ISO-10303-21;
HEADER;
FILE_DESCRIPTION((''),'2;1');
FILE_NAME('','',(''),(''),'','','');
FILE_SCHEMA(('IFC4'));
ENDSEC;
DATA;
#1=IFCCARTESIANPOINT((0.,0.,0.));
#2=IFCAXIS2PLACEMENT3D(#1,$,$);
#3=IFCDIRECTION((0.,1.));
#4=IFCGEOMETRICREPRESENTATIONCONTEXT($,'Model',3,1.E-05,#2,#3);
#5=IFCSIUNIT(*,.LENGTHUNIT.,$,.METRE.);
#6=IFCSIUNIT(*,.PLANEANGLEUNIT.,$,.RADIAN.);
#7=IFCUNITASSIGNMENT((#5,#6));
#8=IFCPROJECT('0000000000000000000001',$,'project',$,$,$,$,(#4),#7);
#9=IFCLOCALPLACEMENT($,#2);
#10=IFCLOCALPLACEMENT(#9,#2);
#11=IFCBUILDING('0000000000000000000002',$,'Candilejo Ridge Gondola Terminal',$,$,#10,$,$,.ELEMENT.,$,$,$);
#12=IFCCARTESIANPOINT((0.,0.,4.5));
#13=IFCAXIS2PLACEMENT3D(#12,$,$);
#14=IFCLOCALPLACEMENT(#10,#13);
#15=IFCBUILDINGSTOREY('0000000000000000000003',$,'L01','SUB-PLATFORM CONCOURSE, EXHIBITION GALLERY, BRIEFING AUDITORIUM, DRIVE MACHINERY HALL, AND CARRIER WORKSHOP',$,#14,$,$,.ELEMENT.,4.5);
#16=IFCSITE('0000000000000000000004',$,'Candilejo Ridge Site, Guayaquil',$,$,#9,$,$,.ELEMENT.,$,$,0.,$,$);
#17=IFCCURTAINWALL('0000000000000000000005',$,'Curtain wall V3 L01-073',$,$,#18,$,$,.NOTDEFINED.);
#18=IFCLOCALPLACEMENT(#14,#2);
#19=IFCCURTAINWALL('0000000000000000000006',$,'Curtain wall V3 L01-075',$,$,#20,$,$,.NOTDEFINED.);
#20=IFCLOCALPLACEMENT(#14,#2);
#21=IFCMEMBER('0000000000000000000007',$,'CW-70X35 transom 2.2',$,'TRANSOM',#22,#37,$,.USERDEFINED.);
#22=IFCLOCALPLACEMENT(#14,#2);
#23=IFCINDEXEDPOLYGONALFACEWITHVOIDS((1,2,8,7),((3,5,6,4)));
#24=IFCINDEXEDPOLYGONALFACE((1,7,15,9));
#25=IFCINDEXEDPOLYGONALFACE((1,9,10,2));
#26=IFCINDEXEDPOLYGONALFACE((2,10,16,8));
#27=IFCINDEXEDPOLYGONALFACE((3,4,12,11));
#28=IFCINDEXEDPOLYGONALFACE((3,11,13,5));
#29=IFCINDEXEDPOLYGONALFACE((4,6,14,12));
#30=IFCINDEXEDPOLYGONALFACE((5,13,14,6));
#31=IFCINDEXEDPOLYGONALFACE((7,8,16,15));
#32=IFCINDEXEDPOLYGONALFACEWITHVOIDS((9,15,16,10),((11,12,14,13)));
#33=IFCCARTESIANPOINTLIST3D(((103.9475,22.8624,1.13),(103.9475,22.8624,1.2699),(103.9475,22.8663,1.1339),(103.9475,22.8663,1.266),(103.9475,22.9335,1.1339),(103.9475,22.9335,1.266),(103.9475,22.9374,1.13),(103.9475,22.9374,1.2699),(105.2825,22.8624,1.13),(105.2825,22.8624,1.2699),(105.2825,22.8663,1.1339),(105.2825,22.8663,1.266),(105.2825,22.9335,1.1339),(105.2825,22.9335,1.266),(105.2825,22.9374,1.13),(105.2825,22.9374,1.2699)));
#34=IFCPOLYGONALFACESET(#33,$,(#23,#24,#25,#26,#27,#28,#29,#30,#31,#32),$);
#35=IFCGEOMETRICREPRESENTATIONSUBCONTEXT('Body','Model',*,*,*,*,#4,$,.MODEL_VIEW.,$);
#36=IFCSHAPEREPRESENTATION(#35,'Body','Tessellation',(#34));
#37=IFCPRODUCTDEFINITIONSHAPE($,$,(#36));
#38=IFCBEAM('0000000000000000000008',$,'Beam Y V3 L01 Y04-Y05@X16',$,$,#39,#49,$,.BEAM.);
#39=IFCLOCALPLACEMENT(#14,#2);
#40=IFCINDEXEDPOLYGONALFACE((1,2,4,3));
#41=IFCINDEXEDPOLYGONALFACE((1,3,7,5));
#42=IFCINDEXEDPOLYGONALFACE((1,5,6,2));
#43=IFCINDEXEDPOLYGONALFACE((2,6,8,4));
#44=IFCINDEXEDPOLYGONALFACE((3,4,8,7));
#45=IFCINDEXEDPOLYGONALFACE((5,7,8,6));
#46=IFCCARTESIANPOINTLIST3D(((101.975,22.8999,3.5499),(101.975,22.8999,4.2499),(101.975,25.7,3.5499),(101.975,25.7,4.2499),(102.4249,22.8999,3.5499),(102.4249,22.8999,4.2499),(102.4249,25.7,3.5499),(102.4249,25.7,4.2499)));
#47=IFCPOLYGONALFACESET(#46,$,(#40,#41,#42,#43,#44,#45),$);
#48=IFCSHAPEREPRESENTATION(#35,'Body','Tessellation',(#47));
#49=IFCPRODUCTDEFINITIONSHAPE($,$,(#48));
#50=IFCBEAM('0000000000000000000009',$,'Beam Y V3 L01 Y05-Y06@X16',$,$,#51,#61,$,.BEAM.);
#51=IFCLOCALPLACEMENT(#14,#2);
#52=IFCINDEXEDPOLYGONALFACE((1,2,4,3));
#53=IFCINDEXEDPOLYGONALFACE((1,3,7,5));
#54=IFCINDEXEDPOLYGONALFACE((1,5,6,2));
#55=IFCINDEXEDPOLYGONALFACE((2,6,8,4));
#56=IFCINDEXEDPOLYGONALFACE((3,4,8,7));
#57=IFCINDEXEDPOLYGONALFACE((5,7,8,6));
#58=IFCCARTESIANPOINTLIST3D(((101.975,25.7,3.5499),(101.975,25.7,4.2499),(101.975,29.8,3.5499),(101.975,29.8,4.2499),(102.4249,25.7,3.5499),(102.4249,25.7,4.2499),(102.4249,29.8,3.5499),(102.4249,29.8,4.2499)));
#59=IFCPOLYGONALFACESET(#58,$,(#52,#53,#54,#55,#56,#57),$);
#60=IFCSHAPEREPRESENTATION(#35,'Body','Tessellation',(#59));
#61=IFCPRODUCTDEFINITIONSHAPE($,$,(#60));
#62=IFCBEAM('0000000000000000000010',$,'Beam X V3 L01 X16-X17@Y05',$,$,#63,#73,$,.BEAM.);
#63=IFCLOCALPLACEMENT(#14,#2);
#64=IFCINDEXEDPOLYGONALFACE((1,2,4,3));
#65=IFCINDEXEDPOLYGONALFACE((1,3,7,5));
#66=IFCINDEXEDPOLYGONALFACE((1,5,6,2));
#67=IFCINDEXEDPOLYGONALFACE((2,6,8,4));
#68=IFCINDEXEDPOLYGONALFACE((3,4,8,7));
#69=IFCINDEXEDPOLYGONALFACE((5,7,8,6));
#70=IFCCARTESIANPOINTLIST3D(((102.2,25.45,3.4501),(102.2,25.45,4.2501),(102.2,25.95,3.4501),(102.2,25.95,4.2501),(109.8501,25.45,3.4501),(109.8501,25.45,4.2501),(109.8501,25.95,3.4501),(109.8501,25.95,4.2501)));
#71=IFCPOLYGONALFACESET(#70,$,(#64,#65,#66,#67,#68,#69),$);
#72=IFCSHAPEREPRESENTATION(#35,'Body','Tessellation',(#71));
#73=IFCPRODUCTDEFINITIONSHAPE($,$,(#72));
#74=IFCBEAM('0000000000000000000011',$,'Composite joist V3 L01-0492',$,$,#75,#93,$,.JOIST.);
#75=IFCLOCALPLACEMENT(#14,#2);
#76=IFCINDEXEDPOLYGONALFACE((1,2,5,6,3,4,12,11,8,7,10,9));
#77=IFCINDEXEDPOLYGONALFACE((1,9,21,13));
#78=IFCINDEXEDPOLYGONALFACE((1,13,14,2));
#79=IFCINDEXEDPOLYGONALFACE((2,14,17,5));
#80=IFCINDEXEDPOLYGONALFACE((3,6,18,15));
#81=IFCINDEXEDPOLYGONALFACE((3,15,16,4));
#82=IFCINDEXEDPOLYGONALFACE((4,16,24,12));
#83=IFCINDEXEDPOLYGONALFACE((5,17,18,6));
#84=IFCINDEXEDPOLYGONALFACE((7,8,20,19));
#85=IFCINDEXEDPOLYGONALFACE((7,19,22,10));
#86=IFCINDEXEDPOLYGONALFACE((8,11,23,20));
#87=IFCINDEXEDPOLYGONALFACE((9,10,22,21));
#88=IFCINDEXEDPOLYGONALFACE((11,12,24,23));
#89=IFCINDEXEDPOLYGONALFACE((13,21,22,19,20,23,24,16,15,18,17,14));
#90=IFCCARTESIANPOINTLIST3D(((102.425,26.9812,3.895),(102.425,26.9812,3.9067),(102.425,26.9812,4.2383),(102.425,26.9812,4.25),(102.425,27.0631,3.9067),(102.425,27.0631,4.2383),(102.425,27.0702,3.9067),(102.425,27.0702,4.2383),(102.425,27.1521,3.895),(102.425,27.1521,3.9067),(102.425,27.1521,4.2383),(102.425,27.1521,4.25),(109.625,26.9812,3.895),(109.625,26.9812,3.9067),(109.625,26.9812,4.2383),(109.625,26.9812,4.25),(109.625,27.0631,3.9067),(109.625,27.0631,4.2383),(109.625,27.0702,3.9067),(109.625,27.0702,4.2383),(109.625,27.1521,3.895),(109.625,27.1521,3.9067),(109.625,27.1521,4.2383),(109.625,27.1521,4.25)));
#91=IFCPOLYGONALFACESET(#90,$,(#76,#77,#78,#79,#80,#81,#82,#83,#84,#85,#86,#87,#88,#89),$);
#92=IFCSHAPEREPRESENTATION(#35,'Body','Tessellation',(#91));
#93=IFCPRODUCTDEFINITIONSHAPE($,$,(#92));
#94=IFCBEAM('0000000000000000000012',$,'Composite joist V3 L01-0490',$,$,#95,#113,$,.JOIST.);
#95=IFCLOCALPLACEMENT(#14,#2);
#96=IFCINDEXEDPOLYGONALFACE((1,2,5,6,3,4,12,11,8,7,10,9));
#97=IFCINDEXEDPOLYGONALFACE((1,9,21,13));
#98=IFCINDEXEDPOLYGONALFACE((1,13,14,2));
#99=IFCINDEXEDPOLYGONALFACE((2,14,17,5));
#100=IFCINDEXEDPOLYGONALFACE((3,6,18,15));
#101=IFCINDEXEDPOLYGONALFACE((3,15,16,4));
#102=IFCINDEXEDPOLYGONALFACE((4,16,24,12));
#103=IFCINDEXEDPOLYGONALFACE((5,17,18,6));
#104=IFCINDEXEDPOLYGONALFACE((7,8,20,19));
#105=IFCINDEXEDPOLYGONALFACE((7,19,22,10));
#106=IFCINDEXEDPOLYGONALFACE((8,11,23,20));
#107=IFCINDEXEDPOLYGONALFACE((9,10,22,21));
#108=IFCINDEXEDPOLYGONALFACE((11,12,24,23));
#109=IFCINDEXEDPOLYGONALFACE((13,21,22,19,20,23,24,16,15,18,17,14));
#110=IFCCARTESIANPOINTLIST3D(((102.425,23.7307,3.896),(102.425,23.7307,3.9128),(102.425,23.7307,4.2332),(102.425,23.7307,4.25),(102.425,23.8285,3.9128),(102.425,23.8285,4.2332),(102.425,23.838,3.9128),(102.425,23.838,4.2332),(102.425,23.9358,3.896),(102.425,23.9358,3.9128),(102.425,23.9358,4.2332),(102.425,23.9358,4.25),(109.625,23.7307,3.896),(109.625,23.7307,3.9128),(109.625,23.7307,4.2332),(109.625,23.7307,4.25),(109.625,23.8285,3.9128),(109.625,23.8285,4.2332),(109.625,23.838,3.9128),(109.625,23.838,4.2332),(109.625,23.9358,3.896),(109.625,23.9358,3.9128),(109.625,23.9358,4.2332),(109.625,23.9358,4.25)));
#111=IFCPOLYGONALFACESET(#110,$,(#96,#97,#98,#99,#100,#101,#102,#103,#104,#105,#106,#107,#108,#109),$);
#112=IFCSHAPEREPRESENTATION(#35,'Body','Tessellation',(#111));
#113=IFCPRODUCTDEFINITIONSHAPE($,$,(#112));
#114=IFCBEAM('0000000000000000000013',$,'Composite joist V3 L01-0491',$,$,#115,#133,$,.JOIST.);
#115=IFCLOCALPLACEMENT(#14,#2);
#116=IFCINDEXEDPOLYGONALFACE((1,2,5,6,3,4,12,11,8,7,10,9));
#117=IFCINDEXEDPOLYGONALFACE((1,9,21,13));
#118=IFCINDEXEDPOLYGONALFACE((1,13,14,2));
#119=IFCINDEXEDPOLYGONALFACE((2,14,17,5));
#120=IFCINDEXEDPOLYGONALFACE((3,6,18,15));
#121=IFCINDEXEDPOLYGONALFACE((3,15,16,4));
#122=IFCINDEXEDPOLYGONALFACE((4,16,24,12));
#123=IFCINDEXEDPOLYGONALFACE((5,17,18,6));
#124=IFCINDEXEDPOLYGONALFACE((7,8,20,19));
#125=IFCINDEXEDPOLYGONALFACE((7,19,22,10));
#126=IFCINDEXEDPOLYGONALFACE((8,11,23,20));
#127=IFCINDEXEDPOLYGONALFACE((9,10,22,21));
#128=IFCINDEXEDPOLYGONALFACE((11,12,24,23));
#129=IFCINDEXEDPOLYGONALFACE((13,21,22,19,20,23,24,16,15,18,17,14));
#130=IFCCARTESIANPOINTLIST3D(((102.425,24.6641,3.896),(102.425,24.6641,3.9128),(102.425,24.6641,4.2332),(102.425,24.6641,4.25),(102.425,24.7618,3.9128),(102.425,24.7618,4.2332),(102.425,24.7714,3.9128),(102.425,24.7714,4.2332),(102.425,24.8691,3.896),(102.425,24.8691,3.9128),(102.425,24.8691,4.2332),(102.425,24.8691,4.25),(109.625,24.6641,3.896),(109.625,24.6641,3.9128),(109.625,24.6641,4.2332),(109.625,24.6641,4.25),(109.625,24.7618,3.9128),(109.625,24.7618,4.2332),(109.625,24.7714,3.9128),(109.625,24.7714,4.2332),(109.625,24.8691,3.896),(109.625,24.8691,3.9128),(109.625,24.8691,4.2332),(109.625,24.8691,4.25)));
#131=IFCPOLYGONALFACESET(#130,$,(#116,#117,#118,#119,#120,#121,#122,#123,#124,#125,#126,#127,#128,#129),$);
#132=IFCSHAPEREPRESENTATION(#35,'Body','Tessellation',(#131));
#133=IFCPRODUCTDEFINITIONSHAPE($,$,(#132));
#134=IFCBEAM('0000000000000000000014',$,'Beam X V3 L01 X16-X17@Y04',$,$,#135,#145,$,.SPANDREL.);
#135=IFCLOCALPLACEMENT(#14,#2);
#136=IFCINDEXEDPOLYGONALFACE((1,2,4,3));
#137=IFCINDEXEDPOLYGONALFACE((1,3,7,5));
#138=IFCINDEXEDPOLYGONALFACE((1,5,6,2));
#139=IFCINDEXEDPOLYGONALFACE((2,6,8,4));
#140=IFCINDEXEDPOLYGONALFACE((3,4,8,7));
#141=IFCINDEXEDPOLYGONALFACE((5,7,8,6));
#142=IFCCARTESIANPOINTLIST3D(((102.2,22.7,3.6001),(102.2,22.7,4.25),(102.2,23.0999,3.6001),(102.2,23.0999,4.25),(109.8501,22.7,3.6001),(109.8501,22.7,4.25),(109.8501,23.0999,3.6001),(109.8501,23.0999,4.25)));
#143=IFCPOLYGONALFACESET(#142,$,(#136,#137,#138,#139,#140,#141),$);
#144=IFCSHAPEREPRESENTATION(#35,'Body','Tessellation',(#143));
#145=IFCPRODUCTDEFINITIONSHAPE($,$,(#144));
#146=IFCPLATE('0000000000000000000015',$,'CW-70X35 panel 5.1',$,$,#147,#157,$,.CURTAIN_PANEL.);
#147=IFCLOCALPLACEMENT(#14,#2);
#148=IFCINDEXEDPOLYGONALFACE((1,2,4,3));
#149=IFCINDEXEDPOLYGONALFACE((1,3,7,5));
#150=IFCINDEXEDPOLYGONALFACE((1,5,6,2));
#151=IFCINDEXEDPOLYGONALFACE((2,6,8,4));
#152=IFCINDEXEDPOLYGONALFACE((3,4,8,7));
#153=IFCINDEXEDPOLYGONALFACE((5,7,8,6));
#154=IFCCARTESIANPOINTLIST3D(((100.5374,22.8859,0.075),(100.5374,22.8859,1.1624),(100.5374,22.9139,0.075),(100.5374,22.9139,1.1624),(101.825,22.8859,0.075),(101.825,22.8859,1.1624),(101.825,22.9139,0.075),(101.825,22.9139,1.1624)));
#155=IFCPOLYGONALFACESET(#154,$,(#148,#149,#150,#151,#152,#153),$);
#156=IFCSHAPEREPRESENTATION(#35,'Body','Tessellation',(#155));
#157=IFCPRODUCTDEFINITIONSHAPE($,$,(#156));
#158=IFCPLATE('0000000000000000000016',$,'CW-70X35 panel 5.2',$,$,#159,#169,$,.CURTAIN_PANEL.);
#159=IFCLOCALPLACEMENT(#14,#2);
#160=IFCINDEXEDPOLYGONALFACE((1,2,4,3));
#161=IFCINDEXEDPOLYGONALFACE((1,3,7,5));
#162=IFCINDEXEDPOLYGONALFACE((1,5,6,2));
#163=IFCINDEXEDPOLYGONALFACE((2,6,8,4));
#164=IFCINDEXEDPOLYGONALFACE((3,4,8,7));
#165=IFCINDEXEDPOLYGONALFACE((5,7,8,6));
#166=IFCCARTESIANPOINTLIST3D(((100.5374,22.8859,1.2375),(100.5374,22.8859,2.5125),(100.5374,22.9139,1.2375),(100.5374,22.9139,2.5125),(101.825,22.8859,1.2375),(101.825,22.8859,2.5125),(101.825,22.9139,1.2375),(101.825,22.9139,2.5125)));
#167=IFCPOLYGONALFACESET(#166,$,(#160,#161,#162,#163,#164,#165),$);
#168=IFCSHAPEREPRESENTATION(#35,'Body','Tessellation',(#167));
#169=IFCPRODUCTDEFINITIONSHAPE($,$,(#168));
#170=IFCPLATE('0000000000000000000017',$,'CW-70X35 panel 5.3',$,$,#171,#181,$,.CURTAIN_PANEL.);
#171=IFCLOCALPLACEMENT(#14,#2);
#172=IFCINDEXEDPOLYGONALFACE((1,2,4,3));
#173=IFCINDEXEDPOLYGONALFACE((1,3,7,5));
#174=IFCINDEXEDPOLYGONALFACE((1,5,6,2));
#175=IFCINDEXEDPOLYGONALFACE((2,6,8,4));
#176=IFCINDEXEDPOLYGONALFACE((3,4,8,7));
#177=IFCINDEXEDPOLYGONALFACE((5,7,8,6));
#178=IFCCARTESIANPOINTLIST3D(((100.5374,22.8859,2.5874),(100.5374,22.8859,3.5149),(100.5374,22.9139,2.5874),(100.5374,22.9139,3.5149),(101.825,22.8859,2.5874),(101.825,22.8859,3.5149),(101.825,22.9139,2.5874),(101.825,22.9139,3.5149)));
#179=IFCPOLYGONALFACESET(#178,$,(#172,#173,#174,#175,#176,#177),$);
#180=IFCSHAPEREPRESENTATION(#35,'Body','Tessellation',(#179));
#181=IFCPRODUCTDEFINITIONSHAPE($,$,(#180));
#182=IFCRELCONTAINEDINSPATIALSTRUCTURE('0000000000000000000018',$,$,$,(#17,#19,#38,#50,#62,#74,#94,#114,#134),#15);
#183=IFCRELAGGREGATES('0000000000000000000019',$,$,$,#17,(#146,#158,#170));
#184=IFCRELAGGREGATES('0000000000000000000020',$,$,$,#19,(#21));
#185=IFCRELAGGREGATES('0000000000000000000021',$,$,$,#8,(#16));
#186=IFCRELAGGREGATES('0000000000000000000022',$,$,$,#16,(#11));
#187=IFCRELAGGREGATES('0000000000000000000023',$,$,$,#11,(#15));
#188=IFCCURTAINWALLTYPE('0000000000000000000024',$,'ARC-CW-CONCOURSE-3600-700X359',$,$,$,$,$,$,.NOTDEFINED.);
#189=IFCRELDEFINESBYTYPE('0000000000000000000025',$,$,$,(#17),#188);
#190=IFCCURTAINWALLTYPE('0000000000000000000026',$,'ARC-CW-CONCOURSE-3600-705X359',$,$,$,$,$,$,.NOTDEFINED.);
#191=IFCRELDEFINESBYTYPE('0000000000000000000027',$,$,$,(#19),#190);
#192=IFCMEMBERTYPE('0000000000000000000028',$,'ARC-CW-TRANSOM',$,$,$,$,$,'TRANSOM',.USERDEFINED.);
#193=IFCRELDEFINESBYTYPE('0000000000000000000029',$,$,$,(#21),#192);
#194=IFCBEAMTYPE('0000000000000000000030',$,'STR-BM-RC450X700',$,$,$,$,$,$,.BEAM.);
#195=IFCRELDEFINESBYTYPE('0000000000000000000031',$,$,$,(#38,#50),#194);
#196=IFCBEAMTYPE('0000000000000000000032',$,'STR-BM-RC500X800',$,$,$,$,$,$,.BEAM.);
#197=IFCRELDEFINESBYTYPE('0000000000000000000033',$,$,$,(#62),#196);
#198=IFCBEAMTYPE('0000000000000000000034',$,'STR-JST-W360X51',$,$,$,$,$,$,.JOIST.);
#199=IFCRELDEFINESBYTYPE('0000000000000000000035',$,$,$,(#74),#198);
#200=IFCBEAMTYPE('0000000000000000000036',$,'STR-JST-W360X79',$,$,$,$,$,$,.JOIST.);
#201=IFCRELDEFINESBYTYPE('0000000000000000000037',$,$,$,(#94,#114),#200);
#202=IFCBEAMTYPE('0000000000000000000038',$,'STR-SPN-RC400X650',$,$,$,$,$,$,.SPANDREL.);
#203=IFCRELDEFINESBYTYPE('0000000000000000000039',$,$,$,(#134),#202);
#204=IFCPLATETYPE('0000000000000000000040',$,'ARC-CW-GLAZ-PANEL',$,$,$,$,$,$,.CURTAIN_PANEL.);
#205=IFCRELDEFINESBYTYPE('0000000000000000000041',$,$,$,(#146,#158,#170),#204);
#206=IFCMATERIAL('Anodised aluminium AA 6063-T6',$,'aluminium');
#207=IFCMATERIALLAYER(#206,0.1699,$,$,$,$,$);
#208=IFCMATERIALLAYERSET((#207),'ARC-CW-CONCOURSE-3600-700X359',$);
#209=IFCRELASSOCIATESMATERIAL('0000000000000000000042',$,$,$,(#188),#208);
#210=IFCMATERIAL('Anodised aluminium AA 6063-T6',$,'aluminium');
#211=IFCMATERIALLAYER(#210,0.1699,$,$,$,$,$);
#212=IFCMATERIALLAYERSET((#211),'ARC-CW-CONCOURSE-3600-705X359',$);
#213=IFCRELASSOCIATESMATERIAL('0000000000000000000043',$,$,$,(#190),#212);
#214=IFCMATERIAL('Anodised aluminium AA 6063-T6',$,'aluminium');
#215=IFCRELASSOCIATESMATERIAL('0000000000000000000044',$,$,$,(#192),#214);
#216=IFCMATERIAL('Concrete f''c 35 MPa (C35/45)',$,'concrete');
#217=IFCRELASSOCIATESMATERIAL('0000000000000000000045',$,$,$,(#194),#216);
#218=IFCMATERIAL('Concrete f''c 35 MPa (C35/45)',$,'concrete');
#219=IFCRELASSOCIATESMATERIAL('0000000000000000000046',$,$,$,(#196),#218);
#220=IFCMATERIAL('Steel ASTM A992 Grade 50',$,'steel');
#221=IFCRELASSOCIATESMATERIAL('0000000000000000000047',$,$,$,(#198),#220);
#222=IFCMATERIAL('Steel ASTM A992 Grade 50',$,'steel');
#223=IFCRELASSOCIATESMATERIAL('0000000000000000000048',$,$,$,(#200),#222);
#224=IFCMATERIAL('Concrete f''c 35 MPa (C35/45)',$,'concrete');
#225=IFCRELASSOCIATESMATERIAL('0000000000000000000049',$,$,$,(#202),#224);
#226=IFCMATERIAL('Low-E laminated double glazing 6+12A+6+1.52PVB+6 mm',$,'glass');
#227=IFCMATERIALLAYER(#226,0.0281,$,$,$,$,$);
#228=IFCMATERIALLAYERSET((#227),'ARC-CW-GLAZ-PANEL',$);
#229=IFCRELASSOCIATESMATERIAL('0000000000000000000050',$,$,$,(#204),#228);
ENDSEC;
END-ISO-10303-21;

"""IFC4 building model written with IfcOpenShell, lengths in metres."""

from ifc_helpers import new_model, si_unit, direction, frame, origin, origin_2d, place, context, subcontext, project, spatial, rectangle, hollow_rectangle, i_section, extrude, material, layer, layer_set, material_profile, profile_set, type_object, element, aggregate, save


model = new_model("IFC4")

# Units and contexts
model_context = context("Model", 3, precision=1e-05, world=origin(), true_north=direction((0.0, 1.0)))
body_context = subcontext(model_context, "Body", "Model", "MODEL_VIEW")
ifc_project = project(units=[si_unit("LENGTHUNIT", "METRE"), si_unit("PLANEANGLEUNIT", "RADIAN")], contexts=[model_context])

# Site, building, storey
site_placement = place(None, origin())
site = spatial("IfcSite", under=ifc_project, at=site_placement, Name="Candilejo Ridge Site, Guayaquil", CompositionType="ELEMENT", RefElevation=0.0)
building_placement = place(site_placement, origin())
building = spatial("IfcBuilding", under=site, at=building_placement, Name="Candilejo Ridge Gondola Terminal", CompositionType="ELEMENT")
storey_placement = place(building_placement, frame((0.0, 0.0, 4.5)))
storey = spatial("IfcBuildingStorey", under=building, at=storey_placement, Name="L01", Description="SUB-PLATFORM CONCOURSE, EXHIBITION GALLERY, BRIEFING AUDITORIUM, DRIVE MACHINERY HALL, AND CARRIER WORKSHOP", CompositionType="ELEMENT", Elevation=4.5)

# Curtain wall
ifc_material_1 = material(Name="Anodised aluminium AA 6063-T6", Category="aluminium")
ifc_layer_1 = layer(ifc_material_1, 0.1699)
ifc_layer_set_1 = layer_set([ifc_layer_1], Name="ARC-CW-CONCOURSE-3600-700X359")
curtain_wall_type_1 = type_object("IfcCurtainWallType", Name="ARC-CW-CONCOURSE-3600-700X359", PredefinedType="NOTDEFINED", material=ifc_layer_set_1)
curtain_wall_1_placement = place(storey_placement, origin())
curtain_wall_1 = element("IfcCurtainWall", 1, at=curtain_wall_1_placement, inside=storey, type_object=curtain_wall_type_1, Name="Curtain wall V3 L01-073", PredefinedType="NOTDEFINED")

# Curtain wall
ifc_material_2 = material(Name="Anodised aluminium AA 6063-T6", Category="aluminium")
ifc_layer_2 = layer(ifc_material_2, 0.1699)
ifc_layer_set_2 = layer_set([ifc_layer_2], Name="ARC-CW-CONCOURSE-3600-705X359")
curtain_wall_type_2 = type_object("IfcCurtainWallType", Name="ARC-CW-CONCOURSE-3600-705X359", PredefinedType="NOTDEFINED", material=ifc_layer_set_2)
curtain_wall_2_placement = place(storey_placement, origin())
curtain_wall_2 = element("IfcCurtainWall", 2, at=curtain_wall_2_placement, inside=storey, type_object=curtain_wall_type_2, Name="Curtain wall V3 L01-075", PredefinedType="NOTDEFINED")

# Member
ifc_material_3 = material(Name="Anodised aluminium AA 6063-T6", Category="aluminium")
ifc_material_profile_1 = material_profile(ifc_material_3, hollow_rectangle(XDim=0.075, YDim=0.1399, WallThickness=0.0039, at=origin_2d()))
ifc_profile_set_1 = profile_set([ifc_material_profile_1], Name="Anodised aluminium AA 6063-T6")
member_type_1 = type_object("IfcMemberType", Name="ARC-CW-TRANSOM", ElementType="TRANSOM", PredefinedType="USERDEFINED", material=ifc_profile_set_1)
member_1_placement = place(storey_placement, frame((103.9475, 22.8999, 1.2), z_axis=(1.0, 0.0, 0.0), x_axis=(0.0, 1.0, 0.0)))
member_1 = element("IfcMember", 3, at=member_1_placement, type_object=member_type_1, Name="CW-70X35 transom 2.2", ObjectType="TRANSOM", PredefinedType="USERDEFINED", context=body_context, shape_type="SweptSolid", body=[
    extrude(hollow_rectangle(XDim=0.075, YDim=0.1399, WallThickness=0.0039, at=origin_2d()), origin(), (0.0, 0.0, 1.0), 1.335),
])

# Beams
ifc_material_4 = material(Name="Concrete f'c 35 MPa (C35/45)", Category="concrete")
ifc_material_profile_2 = material_profile(ifc_material_4, rectangle(XDim=0.45, YDim=0.7, at=origin_2d()))
ifc_profile_set_2 = profile_set([ifc_material_profile_2], Name="Concrete f'c 35 MPa (C35/45)")
beam_type_1 = type_object("IfcBeamType", Name="STR-BM-RC450X700", PredefinedType="BEAM", material=ifc_profile_set_2)
beam_1_placement = place(storey_placement, frame((102.2, 22.8999, 3.8999), z_axis=(0.0, 1.0, 0.0), x_axis=(-1.0, 0.0, 0.0)))
element("IfcBeam", 4, at=beam_1_placement, inside=storey, type_object=beam_type_1, Name="Beam Y V3 L01 Y04-Y05@X16", PredefinedType="BEAM", context=body_context, shape_type="SweptSolid", body=[
    extrude(rectangle(XDim=0.45, YDim=0.7, at=origin_2d()), origin(), (0.0, 0.0, 1.0), 2.8),
])
beam_2_placement = place(storey_placement, frame((102.2, 25.7, 3.8999), z_axis=(0.0, 1.0, 0.0), x_axis=(-1.0, 0.0, 0.0)))
element("IfcBeam", 5, at=beam_2_placement, inside=storey, type_object=beam_type_1, Name="Beam Y V3 L01 Y05-Y06@X16", PredefinedType="BEAM", context=body_context, shape_type="SweptSolid", body=[
    extrude(rectangle(XDim=0.45, YDim=0.7, at=origin_2d()), origin(), (0.0, 0.0, 1.0), 4.1001),
])
ifc_material_5 = material(Name="Concrete f'c 35 MPa (C35/45)", Category="concrete")
ifc_material_profile_3 = material_profile(ifc_material_5, rectangle(XDim=0.5, YDim=0.8, at=origin_2d()))
ifc_profile_set_3 = profile_set([ifc_material_profile_3], Name="Concrete f'c 35 MPa (C35/45)")
beam_type_2 = type_object("IfcBeamType", Name="STR-BM-RC500X800", PredefinedType="BEAM", material=ifc_profile_set_3)
beam_3_placement = place(storey_placement, frame((102.2, 25.7, 3.8501), z_axis=(1.0, 0.0, 0.0), x_axis=(0.0, 1.0, 0.0)))
element("IfcBeam", 6, at=beam_3_placement, inside=storey, type_object=beam_type_2, Name="Beam X V3 L01 X16-X17@Y05", PredefinedType="BEAM", context=body_context, shape_type="SweptSolid", body=[
    extrude(rectangle(XDim=0.5, YDim=0.8, at=origin_2d()), origin(), (0.0, 0.0, 1.0), 7.6501),
])
ifc_material_6 = material(Name="Steel ASTM A992 Grade 50", Category="steel")
ifc_material_profile_4 = material_profile(ifc_material_6, i_section(OverallWidth=0.1709, OverallDepth=0.355, WebThickness=0.0071, FlangeThickness=0.0117, at=origin_2d()))
ifc_profile_set_4 = profile_set([ifc_material_profile_4], Name="Steel ASTM A992 Grade 50")
beam_type_3 = type_object("IfcBeamType", Name="STR-JST-W360X51", PredefinedType="JOIST", material=ifc_profile_set_4)
beam_4_placement = place(storey_placement, frame((102.425, 27.0667, 4.0725), z_axis=(1.0, 0.0, 0.0), x_axis=(0.0, 1.0, 0.0)))
element("IfcBeam", 7, at=beam_4_placement, inside=storey, type_object=beam_type_3, Name="Composite joist V3 L01-0492", PredefinedType="JOIST", context=body_context, shape_type="SweptSolid", body=[
    extrude(i_section(OverallWidth=0.1709, OverallDepth=0.355, WebThickness=0.0071, FlangeThickness=0.0117, at=origin_2d()), origin(), (0.0, 0.0, 1.0), 7.2),
])
ifc_material_7 = material(Name="Steel ASTM A992 Grade 50", Category="steel")
ifc_material_profile_5 = material_profile(ifc_material_7, i_section(OverallWidth=0.2051, OverallDepth=0.354, WebThickness=0.0095, FlangeThickness=0.0168, at=origin_2d()))
ifc_profile_set_5 = profile_set([ifc_material_profile_5], Name="Steel ASTM A992 Grade 50")
beam_type_4 = type_object("IfcBeamType", Name="STR-JST-W360X79", PredefinedType="JOIST", material=ifc_profile_set_5)
for number, where, z_axis, x_axis, name in (
    (8, (102.425, 23.8333, 4.073), (1.0, 0.0, 0.0), (0.0, 1.0, 0.0), "Composite joist V3 L01-0490"),
    (9, (102.425, 24.7666, 4.073), (1.0, 0.0, 0.0), (0.0, 1.0, 0.0), "Composite joist V3 L01-0491"),
):
    element("IfcBeam", number, at=place(storey_placement, frame(where, z_axis=z_axis, x_axis=x_axis)), inside=storey, type_object=beam_type_4, Name=name, PredefinedType="JOIST", context=body_context, shape_type="SweptSolid", body=[
        extrude(i_section(OverallWidth=0.2051, OverallDepth=0.354, WebThickness=0.0095, FlangeThickness=0.0168, at=origin_2d()), origin(), (0.0, 0.0, 1.0), 7.2),
    ])
ifc_material_8 = material(Name="Concrete f'c 35 MPa (C35/45)", Category="concrete")
ifc_material_profile_6 = material_profile(ifc_material_8, rectangle(XDim=0.3999, YDim=0.6499, at=origin_2d()))
ifc_profile_set_6 = profile_set([ifc_material_profile_6], Name="Concrete f'c 35 MPa (C35/45)")
beam_type_5 = type_object("IfcBeamType", Name="STR-SPN-RC400X650", PredefinedType="SPANDREL", material=ifc_profile_set_6)
beam_5_placement = place(storey_placement, frame((102.2, 22.8999, 3.925), z_axis=(1.0, 0.0, 0.0), x_axis=(0.0, 1.0, 0.0)))
element("IfcBeam", 10, at=beam_5_placement, inside=storey, type_object=beam_type_5, Name="Beam X V3 L01 X16-X17@Y04", PredefinedType="SPANDREL", context=body_context, shape_type="SweptSolid", body=[
    extrude(rectangle(XDim=0.3999, YDim=0.6499, at=origin_2d()), origin(), (0.0, 0.0, 1.0), 7.6501),
])

# Plates
ifc_material_9 = material(Name="Low-E laminated double glazing 6+12A+6+1.52PVB+6 mm", Category="glass")
ifc_layer_3 = layer(ifc_material_9, 0.0281)
ifc_layer_set_3 = layer_set([ifc_layer_3], Name="ARC-CW-GLAZ-PANEL")
plate_type = type_object("IfcPlateType", Name="ARC-CW-GLAZ-PANEL", PredefinedType="CURTAIN_PANEL", material=ifc_layer_set_3)
plate_1_placement = place(storey_placement, frame((101.1812, 22.8999, 0.075), z_axis=(0.0, 0.0, 1.0), x_axis=(1.0, 0.0, 0.0)))
plate_1 = element("IfcPlate", 11, at=plate_1_placement, type_object=plate_type, Name="CW-70X35 panel 5.1", PredefinedType="CURTAIN_PANEL", context=body_context, shape_type="SweptSolid", body=[
    extrude(rectangle(XDim=1.2876, YDim=0.0281, at=origin_2d()), origin(), (0.0, 0.0, 1.0), 1.0874),
])
plate_2_placement = place(storey_placement, frame((101.1812, 22.8999, 1.2375), z_axis=(0.0, 0.0, 1.0), x_axis=(1.0, 0.0, 0.0)))
plate_2 = element("IfcPlate", 12, at=plate_2_placement, type_object=plate_type, Name="CW-70X35 panel 5.2", PredefinedType="CURTAIN_PANEL", context=body_context, shape_type="SweptSolid", body=[
    extrude(rectangle(XDim=1.2876, YDim=0.0281, at=origin_2d()), origin(), (0.0, 0.0, 1.0), 1.2749),
])
plate_3_placement = place(storey_placement, frame((101.1812, 22.8999, 2.5874), z_axis=(0.0, 0.0, 1.0), x_axis=(1.0, 0.0, 0.0)))
plate_3 = element("IfcPlate", 13, at=plate_3_placement, type_object=plate_type, Name="CW-70X35 panel 5.3", PredefinedType="CURTAIN_PANEL", context=body_context, shape_type="SweptSolid", body=[
    extrude(rectangle(XDim=1.2876, YDim=0.0281, at=origin_2d()), origin(), (0.0, 0.0, 1.0), 0.9275),
])
aggregate(curtain_wall_1, [plate_1, plate_2, plate_3])
aggregate(curtain_wall_2, [member_1])

save(model, "model.ifc")
